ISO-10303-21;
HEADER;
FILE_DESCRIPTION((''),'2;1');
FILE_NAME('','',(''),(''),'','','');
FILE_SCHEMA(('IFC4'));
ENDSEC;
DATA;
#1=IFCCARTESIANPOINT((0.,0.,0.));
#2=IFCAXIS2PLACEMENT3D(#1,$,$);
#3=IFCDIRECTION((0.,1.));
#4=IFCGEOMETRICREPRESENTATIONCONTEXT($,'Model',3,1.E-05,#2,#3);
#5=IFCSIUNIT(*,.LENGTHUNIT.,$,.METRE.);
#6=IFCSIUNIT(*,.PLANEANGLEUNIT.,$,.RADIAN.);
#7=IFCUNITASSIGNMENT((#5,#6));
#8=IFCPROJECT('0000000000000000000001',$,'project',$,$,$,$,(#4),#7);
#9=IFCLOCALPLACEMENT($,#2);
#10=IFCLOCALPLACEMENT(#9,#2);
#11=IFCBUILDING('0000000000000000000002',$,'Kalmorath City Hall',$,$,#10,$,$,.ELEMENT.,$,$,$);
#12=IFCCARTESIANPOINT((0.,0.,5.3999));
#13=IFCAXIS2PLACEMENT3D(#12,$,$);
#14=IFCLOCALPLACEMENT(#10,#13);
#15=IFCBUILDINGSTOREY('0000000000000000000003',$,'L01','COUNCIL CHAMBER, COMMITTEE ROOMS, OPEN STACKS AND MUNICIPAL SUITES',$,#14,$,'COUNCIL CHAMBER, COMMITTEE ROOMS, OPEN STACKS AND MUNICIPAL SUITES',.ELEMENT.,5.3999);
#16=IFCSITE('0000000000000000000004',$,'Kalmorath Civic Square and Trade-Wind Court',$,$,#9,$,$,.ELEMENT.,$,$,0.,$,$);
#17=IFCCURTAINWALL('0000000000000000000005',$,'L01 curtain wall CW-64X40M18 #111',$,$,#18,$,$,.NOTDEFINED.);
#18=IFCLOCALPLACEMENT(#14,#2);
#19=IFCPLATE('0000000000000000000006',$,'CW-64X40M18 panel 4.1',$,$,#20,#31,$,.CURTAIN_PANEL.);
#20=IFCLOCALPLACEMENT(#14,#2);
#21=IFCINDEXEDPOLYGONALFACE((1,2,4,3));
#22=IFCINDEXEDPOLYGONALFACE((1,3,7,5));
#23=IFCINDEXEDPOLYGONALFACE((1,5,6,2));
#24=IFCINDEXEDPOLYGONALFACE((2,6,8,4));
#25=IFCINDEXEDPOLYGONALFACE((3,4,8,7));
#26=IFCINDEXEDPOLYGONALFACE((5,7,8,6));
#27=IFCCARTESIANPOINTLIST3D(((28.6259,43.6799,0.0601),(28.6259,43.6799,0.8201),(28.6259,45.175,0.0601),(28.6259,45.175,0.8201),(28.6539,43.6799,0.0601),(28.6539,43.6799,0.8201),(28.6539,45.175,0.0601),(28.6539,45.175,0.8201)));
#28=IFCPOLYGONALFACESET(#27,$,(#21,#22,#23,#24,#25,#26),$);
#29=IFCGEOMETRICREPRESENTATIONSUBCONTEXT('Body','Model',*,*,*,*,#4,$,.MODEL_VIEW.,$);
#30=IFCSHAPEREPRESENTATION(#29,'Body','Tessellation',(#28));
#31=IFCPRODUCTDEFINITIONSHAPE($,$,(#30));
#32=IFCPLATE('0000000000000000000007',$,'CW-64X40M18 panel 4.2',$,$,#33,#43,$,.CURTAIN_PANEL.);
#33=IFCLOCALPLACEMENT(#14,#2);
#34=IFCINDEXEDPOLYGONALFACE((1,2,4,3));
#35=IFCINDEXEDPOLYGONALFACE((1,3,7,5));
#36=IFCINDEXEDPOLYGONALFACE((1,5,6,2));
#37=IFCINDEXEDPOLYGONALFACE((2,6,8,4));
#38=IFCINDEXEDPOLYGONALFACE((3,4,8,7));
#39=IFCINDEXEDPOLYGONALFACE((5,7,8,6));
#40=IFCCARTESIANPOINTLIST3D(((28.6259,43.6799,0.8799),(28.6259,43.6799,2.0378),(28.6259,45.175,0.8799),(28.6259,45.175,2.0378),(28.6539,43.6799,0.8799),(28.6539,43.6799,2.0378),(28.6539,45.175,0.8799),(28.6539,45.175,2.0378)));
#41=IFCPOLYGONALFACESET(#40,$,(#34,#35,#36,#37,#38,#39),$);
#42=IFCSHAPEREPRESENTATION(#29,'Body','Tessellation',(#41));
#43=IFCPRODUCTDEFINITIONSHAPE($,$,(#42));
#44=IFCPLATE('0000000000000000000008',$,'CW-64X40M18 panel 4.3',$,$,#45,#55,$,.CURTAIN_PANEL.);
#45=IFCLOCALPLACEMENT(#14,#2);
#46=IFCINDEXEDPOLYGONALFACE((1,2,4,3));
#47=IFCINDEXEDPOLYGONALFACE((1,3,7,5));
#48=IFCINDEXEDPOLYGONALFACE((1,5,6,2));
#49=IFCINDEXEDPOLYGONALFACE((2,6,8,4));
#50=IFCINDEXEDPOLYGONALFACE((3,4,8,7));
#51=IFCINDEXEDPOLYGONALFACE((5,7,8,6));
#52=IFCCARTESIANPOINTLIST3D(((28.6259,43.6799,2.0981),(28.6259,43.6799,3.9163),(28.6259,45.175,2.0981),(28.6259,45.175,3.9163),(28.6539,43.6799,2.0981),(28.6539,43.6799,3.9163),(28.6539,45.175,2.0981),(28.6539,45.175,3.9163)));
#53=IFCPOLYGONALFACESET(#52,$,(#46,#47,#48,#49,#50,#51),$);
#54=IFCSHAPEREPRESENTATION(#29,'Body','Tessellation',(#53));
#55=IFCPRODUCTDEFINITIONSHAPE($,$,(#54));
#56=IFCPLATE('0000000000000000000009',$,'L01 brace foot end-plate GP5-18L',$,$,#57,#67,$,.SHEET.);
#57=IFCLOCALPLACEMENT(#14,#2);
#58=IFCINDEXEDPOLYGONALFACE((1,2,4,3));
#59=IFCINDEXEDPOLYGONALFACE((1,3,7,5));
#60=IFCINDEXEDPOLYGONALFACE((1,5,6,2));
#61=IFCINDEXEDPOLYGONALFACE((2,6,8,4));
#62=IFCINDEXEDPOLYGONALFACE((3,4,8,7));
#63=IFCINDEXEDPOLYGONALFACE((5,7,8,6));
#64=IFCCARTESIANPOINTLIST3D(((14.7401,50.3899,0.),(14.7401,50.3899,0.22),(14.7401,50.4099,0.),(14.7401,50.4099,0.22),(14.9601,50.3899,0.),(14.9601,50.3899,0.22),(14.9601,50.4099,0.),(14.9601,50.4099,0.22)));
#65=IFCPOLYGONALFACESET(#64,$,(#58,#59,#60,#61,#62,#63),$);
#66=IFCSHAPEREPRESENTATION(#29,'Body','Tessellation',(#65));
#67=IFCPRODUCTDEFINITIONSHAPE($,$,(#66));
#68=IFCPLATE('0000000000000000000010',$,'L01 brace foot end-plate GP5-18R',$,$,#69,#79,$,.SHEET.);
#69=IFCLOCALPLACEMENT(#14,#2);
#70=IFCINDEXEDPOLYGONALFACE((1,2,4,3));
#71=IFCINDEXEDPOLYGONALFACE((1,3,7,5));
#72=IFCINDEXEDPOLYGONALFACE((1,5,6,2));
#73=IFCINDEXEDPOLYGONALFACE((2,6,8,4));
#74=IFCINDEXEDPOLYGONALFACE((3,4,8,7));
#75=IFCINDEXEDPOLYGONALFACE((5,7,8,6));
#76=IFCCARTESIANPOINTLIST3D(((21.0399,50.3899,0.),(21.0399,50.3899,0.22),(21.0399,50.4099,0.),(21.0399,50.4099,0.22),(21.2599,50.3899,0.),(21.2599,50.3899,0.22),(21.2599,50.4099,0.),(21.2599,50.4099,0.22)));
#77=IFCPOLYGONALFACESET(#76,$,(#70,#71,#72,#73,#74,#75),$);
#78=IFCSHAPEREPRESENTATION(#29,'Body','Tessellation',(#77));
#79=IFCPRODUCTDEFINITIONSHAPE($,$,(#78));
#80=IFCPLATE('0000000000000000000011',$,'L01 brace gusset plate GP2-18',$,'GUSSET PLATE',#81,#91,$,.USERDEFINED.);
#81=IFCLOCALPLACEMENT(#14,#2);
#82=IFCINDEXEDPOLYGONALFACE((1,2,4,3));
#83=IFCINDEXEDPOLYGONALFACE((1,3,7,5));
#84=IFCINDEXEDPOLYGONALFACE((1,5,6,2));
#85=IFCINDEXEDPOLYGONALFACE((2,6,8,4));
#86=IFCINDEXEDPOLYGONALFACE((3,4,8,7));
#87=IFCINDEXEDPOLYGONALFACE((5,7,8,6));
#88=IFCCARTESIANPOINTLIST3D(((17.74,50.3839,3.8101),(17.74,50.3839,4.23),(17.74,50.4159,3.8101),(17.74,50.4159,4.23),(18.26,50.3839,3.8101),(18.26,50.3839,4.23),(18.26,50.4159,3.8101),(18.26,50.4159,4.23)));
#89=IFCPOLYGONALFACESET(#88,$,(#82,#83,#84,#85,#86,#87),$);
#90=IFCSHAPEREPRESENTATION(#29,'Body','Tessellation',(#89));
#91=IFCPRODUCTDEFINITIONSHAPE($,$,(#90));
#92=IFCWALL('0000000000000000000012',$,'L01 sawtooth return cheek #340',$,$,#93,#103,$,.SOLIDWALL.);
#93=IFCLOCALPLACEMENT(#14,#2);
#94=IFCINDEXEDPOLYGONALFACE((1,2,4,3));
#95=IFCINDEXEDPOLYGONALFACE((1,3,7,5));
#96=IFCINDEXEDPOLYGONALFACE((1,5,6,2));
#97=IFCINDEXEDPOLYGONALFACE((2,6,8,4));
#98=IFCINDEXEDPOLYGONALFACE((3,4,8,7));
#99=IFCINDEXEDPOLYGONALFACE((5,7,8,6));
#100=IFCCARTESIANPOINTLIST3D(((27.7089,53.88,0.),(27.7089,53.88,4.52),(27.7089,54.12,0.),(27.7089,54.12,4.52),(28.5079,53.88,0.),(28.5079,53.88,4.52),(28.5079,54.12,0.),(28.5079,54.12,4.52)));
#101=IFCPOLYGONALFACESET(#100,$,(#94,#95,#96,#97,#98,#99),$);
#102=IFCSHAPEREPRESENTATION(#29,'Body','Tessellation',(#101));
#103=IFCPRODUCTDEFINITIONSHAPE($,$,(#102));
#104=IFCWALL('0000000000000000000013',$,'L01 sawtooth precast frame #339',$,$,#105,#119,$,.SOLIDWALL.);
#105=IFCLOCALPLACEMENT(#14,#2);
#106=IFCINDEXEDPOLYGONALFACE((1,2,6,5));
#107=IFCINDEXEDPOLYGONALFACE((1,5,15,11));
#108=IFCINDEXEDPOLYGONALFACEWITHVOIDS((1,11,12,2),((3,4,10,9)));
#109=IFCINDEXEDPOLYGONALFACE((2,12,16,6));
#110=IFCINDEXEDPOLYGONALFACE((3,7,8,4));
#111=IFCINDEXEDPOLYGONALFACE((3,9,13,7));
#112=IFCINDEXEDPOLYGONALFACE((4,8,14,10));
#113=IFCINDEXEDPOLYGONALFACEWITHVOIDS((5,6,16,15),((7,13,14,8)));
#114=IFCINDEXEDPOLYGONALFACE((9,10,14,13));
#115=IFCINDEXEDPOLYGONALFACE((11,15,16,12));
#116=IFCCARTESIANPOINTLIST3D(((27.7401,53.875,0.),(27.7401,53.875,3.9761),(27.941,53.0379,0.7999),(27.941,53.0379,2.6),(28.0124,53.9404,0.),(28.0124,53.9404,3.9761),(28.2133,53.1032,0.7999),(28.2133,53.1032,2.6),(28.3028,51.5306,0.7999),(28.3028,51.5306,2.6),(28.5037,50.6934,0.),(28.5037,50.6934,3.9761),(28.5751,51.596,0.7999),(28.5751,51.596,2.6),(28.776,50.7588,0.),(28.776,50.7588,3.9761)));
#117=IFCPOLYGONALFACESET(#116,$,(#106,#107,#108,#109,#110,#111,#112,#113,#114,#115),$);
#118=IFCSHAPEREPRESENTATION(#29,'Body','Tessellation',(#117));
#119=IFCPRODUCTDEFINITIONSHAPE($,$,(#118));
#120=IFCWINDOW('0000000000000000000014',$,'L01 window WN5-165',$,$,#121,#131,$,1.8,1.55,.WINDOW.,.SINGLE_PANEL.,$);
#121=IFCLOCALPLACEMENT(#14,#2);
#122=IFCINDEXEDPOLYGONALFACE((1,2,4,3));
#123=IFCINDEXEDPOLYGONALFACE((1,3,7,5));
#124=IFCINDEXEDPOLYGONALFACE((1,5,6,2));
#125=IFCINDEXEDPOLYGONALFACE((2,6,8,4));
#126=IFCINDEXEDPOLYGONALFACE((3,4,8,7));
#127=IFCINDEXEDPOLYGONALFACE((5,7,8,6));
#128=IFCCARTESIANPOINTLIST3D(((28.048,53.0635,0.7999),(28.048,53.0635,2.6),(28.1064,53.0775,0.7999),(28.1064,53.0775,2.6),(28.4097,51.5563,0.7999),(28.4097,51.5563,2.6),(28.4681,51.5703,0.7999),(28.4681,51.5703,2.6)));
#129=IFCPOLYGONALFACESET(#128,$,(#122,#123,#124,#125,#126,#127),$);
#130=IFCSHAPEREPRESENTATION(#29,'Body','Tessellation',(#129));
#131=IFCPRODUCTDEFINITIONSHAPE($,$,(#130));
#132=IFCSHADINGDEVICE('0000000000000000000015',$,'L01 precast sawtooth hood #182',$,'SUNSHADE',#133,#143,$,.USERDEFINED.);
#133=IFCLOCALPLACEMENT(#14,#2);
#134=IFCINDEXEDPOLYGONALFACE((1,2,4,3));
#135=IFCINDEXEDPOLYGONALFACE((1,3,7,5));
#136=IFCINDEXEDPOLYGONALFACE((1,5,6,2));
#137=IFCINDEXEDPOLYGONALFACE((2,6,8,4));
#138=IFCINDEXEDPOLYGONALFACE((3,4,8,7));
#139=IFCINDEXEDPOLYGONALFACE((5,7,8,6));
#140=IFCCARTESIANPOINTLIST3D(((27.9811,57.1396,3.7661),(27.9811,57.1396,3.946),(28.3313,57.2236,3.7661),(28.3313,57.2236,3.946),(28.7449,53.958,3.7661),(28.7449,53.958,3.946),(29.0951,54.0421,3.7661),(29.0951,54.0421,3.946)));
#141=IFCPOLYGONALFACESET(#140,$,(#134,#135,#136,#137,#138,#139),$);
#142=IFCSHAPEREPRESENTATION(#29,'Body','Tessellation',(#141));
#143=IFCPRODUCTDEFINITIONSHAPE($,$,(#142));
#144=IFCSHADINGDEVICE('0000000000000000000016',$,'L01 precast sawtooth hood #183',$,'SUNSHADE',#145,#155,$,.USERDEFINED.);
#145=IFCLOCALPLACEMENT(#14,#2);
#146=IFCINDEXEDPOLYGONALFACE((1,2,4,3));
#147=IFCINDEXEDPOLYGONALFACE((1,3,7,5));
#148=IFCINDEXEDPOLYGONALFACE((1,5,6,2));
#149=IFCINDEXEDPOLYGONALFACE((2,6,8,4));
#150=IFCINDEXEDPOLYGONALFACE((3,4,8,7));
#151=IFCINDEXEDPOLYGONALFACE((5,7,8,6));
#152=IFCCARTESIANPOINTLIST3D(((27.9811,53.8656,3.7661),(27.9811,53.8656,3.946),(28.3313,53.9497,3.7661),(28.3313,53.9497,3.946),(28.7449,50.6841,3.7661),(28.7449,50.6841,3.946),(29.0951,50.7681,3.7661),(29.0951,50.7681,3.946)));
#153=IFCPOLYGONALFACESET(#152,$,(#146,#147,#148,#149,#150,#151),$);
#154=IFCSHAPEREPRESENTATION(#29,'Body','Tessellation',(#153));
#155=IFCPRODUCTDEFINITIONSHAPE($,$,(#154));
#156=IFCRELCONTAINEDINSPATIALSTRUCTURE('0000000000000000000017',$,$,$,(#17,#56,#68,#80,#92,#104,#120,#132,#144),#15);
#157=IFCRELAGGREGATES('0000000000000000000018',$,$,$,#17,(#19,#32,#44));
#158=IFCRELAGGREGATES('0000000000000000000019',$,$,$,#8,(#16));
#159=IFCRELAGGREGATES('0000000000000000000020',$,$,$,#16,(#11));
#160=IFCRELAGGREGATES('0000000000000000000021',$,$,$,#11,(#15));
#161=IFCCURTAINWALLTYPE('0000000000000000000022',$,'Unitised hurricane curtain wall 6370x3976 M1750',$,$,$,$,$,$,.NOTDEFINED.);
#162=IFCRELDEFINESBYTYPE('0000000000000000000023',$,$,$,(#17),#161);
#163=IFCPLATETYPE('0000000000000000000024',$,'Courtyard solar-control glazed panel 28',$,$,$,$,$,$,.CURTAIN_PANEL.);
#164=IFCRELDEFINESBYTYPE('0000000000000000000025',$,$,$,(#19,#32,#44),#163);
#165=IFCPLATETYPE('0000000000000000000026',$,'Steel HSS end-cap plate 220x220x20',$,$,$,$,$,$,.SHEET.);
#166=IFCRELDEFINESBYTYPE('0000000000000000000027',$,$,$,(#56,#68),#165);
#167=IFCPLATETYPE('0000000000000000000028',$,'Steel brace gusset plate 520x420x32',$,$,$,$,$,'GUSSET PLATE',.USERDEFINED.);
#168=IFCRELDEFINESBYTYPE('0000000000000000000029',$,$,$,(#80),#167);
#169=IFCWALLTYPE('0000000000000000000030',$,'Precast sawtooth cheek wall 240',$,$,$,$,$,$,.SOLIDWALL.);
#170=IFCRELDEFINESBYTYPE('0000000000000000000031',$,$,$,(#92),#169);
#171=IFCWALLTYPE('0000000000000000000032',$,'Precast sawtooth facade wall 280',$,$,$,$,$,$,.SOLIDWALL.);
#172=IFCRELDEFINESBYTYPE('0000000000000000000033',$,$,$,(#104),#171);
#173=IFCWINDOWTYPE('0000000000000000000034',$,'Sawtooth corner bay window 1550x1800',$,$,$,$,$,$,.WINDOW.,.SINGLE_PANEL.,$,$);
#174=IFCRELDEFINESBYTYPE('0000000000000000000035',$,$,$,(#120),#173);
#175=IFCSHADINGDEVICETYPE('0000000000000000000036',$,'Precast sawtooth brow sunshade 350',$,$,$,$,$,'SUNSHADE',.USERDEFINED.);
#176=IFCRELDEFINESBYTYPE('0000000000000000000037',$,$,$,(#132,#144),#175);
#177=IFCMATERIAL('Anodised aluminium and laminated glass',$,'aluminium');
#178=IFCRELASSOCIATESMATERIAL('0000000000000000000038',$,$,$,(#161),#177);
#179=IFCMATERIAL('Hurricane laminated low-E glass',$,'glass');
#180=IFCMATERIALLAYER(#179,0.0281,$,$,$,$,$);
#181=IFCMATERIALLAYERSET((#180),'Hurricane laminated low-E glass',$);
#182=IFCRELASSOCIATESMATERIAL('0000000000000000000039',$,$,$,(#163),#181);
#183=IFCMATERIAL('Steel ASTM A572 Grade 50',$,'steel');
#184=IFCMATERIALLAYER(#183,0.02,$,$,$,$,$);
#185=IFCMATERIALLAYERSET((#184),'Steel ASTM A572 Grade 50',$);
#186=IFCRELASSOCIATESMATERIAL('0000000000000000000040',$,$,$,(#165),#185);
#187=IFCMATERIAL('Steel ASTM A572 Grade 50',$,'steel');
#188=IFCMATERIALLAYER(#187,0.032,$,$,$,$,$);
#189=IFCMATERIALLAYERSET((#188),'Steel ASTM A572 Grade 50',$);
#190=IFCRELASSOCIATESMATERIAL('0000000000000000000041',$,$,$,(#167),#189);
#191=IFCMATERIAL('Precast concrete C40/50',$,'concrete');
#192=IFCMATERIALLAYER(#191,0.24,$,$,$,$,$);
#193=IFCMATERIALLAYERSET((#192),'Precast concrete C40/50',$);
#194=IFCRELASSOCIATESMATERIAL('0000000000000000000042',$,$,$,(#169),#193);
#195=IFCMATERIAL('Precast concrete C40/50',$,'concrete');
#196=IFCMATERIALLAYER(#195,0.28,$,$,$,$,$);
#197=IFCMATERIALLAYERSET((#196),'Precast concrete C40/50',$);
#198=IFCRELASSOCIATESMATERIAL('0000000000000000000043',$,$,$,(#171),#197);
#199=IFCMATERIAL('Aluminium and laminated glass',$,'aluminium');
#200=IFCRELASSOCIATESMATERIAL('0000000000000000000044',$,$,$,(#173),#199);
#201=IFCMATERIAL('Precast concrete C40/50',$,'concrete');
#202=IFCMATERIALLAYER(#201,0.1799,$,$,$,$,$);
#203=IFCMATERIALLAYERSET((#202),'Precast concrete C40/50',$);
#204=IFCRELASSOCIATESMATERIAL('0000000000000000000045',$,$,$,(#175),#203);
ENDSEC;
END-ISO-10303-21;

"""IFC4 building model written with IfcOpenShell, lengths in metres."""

from ifc_helpers import new_model, si_unit, direction, frame, frame_2d, origin, origin_2d, place, context, subcontext, project, spatial, rectangle, extrude, material, layer, layer_set, type_object, element, fill, aggregate, save


model = new_model("IFC4")

# Units and contexts
model_context = context("Model", 3, precision=1e-05, world=origin(), true_north=direction((0.0, 1.0)))
body_context = subcontext(model_context, "Body", "Model", "MODEL_VIEW")
ifc_project = project(units=[si_unit("LENGTHUNIT", "METRE"), si_unit("PLANEANGLEUNIT", "RADIAN")], contexts=[model_context])

# Site, building, storey
site_placement = place(None, origin())
site = spatial("IfcSite", under=ifc_project, at=site_placement, Name="Kalmorath Civic Square and Trade-Wind Court", CompositionType="ELEMENT", RefElevation=0.0)
building_placement = place(site_placement, origin())
building = spatial("IfcBuilding", under=site, at=building_placement, Name="Kalmorath City Hall", CompositionType="ELEMENT")
storey_placement = place(building_placement, frame((0.0, 0.0, 5.3999)))
storey = spatial("IfcBuildingStorey", under=building, at=storey_placement, Name="L01", Description="COUNCIL CHAMBER, COMMITTEE ROOMS, OPEN STACKS AND MUNICIPAL SUITES", LongName="COUNCIL CHAMBER, COMMITTEE ROOMS, OPEN STACKS AND MUNICIPAL SUITES", CompositionType="ELEMENT", Elevation=5.3999)

# Curtain wall
ifc_material_1 = material(Name="Anodised aluminium and laminated glass", Category="aluminium")
curtain_wall_type = type_object("IfcCurtainWallType", Name="Unitised hurricane curtain wall 6370x3976 M1750", PredefinedType="NOTDEFINED", material=ifc_material_1)
curtain_wall_placement = place(storey_placement, origin())
curtain_wall = element("IfcCurtainWall", 1, at=curtain_wall_placement, inside=storey, type_object=curtain_wall_type, Name="L01 curtain wall CW-64X40M18 #111", PredefinedType="NOTDEFINED")

# Plates
ifc_material_2 = material(Name="Hurricane laminated low-E glass", Category="glass")
ifc_layer_1 = layer(ifc_material_2, 0.0281)
ifc_layer_set_1 = layer_set([ifc_layer_1], Name="Hurricane laminated low-E glass")
plate_type_1 = type_object("IfcPlateType", Name="Courtyard solar-control glazed panel 28", PredefinedType="CURTAIN_PANEL", material=ifc_layer_set_1)
plate_1_placement = place(storey_placement, frame((28.6399, 44.4275, 0.0601), z_axis=(0.0, 0.0, 1.0), x_axis=(0.0, -1.0, 0.0)))
plate_1 = element("IfcPlate", 2, at=plate_1_placement, type_object=plate_type_1, Name="CW-64X40M18 panel 4.1", PredefinedType="CURTAIN_PANEL", context=body_context, shape_type="SweptSolid", body=[
    extrude(rectangle(XDim=1.4951, YDim=0.0281, at=origin_2d()), origin(), (0.0, 0.0, 1.0), 0.76),
])
plate_2_placement = place(storey_placement, frame((28.6399, 44.4275, 0.8799), z_axis=(0.0, 0.0, 1.0), x_axis=(0.0, -1.0, 0.0)))
plate_2 = element("IfcPlate", 3, at=plate_2_placement, type_object=plate_type_1, Name="CW-64X40M18 panel 4.2", PredefinedType="CURTAIN_PANEL", context=body_context, shape_type="SweptSolid", body=[
    extrude(rectangle(XDim=1.4951, YDim=0.0281, at=origin_2d()), origin(), (0.0, 0.0, 1.0), 1.158),
])
plate_3_placement = place(storey_placement, frame((28.6399, 44.4275, 2.0981), z_axis=(0.0, 0.0, 1.0), x_axis=(0.0, -1.0, 0.0)))
plate_3 = element("IfcPlate", 4, at=plate_3_placement, type_object=plate_type_1, Name="CW-64X40M18 panel 4.3", PredefinedType="CURTAIN_PANEL", context=body_context, shape_type="SweptSolid", body=[
    extrude(rectangle(XDim=1.4951, YDim=0.0281, at=origin_2d()), origin(), (0.0, 0.0, 1.0), 1.8181),
])
aggregate(curtain_wall, [plate_1, plate_2, plate_3])

# Plates
ifc_material_3 = material(Name="Steel ASTM A572 Grade 50", Category="steel")
ifc_layer_2 = layer(ifc_material_3, 0.02)
ifc_layer_set_2 = layer_set([ifc_layer_2], Name="Steel ASTM A572 Grade 50")
plate_type_2 = type_object("IfcPlateType", Name="Steel HSS end-cap plate 220x220x20", PredefinedType="SHEET", material=ifc_layer_set_2)
for number, where, z_axis, x_axis, name in (
    (5, (14.8501, 50.3999, 0.0), (0.0, 0.0, 1.0), (1.0, 0.0, 0.0), "L01 brace foot end-plate GP5-18L"),
    (6, (21.1499, 50.3999, 0.0), (0.0, 0.0, 1.0), (1.0, 0.0, 0.0), "L01 brace foot end-plate GP5-18R"),
):
    element("IfcPlate", number, at=place(storey_placement, frame(where, z_axis=z_axis, x_axis=x_axis)), inside=storey, type_object=plate_type_2, Name=name, PredefinedType="SHEET", context=body_context, shape_type="SweptSolid", body=[
        extrude(rectangle(XDim=0.22, YDim=0.02, at=origin_2d()), origin(), (0.0, 0.0, 1.0), 0.22),
    ])
ifc_material_4 = material(Name="Steel ASTM A572 Grade 50", Category="steel")
ifc_layer_3 = layer(ifc_material_4, 0.032)
ifc_layer_set_3 = layer_set([ifc_layer_3], Name="Steel ASTM A572 Grade 50")
plate_type_3 = type_object("IfcPlateType", Name="Steel brace gusset plate 520x420x32", ElementType="GUSSET PLATE", PredefinedType="USERDEFINED", material=ifc_layer_set_3)
plate_4_placement = place(storey_placement, frame((18.0, 50.3999, 3.8101), z_axis=(0.0, 0.0, 1.0), x_axis=(1.0, 0.0, 0.0)))
element("IfcPlate", 7, at=plate_4_placement, inside=storey, type_object=plate_type_3, Name="L01 brace gusset plate GP2-18", ObjectType="GUSSET PLATE", PredefinedType="USERDEFINED", context=body_context, shape_type="SweptSolid", body=[
    extrude(rectangle(XDim=0.52, YDim=0.032, at=origin_2d()), origin(), (0.0, 0.0, 1.0), 0.4199),
])

# Wall
ifc_material_5 = material(Name="Precast concrete C40/50", Category="concrete")
ifc_layer_4 = layer(ifc_material_5, 0.24)
ifc_layer_set_4 = layer_set([ifc_layer_4], Name="Precast concrete C40/50")
wall_type_1 = type_object("IfcWallType", Name="Precast sawtooth cheek wall 240", PredefinedType="SOLIDWALL", material=ifc_layer_set_4)
wall_1_placement = place(storey_placement, frame((27.709, 54.0, 0.0), z_axis=(0.0, 0.0, 1.0), x_axis=(1.0, 0.0, 0.0)))
element("IfcWall", 8, at=wall_1_placement, inside=storey, type_object=wall_type_1, Name="L01 sawtooth return cheek #340", PredefinedType="SOLIDWALL", context=body_context, shape_type="SweptSolid", body=[
    extrude(rectangle(XDim=0.7991, YDim=0.24, at=frame_2d((0.3994, 0.0))), origin(), (0.0, 0.0, 1.0), 4.52),
])

# Wall, opening, window
ifc_material_6 = material(Name="Precast concrete C40/50", Category="concrete")
ifc_layer_5 = layer(ifc_material_6, 0.28)
ifc_layer_set_5 = layer_set([ifc_layer_5], Name="Precast concrete C40/50")
wall_type_2 = type_object("IfcWallType", Name="Precast sawtooth facade wall 280", PredefinedType="SOLIDWALL", material=ifc_layer_set_5)
wall_2_placement = place(storey_placement, frame((27.8762, 53.9077, 0.0), z_axis=(0.0, 0.0, 1.0), x_axis=(0.233396, -0.972382, 0.0)))
wall_2 = element("IfcWall", 9, at=wall_2_placement, inside=storey, type_object=wall_type_2, Name="L01 sawtooth precast frame #339", PredefinedType="SOLIDWALL", context=body_context, shape_type="SweptSolid", body=[
    extrude(rectangle(XDim=3.272, YDim=0.28, at=frame_2d((1.636, 0.0))), origin(), (0.0, 0.0, 1.0), 3.9761),
])
opening_placement = place(wall_2_placement, frame((0.8611, 0.0, 0.8)))
opening = element("IfcOpeningElement", 10, at=opening_placement, cuts=wall_2, PredefinedType="OPENING", context=body_context, shape_type="SweptSolid", body=[
    extrude(rectangle(XDim=1.55, YDim=1.8, at=frame_2d((0.7749, 0.8999))), frame((0.0, 0.1499, 0.0), z_axis=(0.0, -1.0, 0.0), x_axis=(1.0, 0.0, 0.0)), (0.0, 0.0, 1.0), 0.3),
])
ifc_material_7 = material(Name="Aluminium and laminated glass", Category="aluminium")
window_type = type_object("IfcWindowType", Name="Sawtooth corner bay window 1550x1800", PartitioningType="SINGLE_PANEL", PredefinedType="WINDOW", material=ifc_material_7)
window_placement = place(opening_placement, origin())
window = element("IfcWindow", 11, at=window_placement, inside=storey, type_object=window_type, Name="L01 window WN5-165", OverallHeight=1.8, OverallWidth=1.55, PartitioningType="SINGLE_PANEL", PredefinedType="WINDOW", context=body_context, shape_type="SweptSolid", body=[
    extrude(rectangle(XDim=1.55, YDim=1.8, at=frame_2d((0.7749, 0.8999))), frame((0.0, 0.03, 0.0), z_axis=(0.0, -1.0, 0.0), x_axis=(1.0, 0.0, 0.0)), (0.0, 0.0, 1.0), 0.0601),
])
fill(opening, window)

# Shading devices
ifc_material_8 = material(Name="Precast concrete C40/50", Category="concrete")
ifc_layer_6 = layer(ifc_material_8, 0.1799)
ifc_layer_set_6 = layer_set([ifc_layer_6], Name="Precast concrete C40/50")
shading_device_type = type_object("IfcShadingDeviceType", Name="Precast sawtooth brow sunshade 350", ElementType="SUNSHADE", PredefinedType="USERDEFINED", material=ifc_layer_set_6)
for number, where, z_axis, x_axis, name in (
    (12, (28.5381, 55.5908, 3.7661), (0.0, 0.0, 1.0), (0.233445, -0.97237, 0.0), "L01 precast sawtooth hood #182"),
    (13, (28.5381, 52.3169, 3.7661), (0.0, 0.0, 1.0), (0.233445, -0.97237, 0.0), "L01 precast sawtooth hood #183"),
):
    element("IfcShadingDevice", number, at=place(storey_placement, frame(where, z_axis=z_axis, x_axis=x_axis)), inside=storey, type_object=shading_device_type, Name=name, ObjectType="SUNSHADE", PredefinedType="USERDEFINED", context=body_context, shape_type="SweptSolid", body=[
        extrude(rectangle(XDim=3.272, YDim=0.3601, at=origin_2d()), origin(), (0.0, 0.0, 1.0), 0.1799),
    ])

save(model, "model.ifc")
